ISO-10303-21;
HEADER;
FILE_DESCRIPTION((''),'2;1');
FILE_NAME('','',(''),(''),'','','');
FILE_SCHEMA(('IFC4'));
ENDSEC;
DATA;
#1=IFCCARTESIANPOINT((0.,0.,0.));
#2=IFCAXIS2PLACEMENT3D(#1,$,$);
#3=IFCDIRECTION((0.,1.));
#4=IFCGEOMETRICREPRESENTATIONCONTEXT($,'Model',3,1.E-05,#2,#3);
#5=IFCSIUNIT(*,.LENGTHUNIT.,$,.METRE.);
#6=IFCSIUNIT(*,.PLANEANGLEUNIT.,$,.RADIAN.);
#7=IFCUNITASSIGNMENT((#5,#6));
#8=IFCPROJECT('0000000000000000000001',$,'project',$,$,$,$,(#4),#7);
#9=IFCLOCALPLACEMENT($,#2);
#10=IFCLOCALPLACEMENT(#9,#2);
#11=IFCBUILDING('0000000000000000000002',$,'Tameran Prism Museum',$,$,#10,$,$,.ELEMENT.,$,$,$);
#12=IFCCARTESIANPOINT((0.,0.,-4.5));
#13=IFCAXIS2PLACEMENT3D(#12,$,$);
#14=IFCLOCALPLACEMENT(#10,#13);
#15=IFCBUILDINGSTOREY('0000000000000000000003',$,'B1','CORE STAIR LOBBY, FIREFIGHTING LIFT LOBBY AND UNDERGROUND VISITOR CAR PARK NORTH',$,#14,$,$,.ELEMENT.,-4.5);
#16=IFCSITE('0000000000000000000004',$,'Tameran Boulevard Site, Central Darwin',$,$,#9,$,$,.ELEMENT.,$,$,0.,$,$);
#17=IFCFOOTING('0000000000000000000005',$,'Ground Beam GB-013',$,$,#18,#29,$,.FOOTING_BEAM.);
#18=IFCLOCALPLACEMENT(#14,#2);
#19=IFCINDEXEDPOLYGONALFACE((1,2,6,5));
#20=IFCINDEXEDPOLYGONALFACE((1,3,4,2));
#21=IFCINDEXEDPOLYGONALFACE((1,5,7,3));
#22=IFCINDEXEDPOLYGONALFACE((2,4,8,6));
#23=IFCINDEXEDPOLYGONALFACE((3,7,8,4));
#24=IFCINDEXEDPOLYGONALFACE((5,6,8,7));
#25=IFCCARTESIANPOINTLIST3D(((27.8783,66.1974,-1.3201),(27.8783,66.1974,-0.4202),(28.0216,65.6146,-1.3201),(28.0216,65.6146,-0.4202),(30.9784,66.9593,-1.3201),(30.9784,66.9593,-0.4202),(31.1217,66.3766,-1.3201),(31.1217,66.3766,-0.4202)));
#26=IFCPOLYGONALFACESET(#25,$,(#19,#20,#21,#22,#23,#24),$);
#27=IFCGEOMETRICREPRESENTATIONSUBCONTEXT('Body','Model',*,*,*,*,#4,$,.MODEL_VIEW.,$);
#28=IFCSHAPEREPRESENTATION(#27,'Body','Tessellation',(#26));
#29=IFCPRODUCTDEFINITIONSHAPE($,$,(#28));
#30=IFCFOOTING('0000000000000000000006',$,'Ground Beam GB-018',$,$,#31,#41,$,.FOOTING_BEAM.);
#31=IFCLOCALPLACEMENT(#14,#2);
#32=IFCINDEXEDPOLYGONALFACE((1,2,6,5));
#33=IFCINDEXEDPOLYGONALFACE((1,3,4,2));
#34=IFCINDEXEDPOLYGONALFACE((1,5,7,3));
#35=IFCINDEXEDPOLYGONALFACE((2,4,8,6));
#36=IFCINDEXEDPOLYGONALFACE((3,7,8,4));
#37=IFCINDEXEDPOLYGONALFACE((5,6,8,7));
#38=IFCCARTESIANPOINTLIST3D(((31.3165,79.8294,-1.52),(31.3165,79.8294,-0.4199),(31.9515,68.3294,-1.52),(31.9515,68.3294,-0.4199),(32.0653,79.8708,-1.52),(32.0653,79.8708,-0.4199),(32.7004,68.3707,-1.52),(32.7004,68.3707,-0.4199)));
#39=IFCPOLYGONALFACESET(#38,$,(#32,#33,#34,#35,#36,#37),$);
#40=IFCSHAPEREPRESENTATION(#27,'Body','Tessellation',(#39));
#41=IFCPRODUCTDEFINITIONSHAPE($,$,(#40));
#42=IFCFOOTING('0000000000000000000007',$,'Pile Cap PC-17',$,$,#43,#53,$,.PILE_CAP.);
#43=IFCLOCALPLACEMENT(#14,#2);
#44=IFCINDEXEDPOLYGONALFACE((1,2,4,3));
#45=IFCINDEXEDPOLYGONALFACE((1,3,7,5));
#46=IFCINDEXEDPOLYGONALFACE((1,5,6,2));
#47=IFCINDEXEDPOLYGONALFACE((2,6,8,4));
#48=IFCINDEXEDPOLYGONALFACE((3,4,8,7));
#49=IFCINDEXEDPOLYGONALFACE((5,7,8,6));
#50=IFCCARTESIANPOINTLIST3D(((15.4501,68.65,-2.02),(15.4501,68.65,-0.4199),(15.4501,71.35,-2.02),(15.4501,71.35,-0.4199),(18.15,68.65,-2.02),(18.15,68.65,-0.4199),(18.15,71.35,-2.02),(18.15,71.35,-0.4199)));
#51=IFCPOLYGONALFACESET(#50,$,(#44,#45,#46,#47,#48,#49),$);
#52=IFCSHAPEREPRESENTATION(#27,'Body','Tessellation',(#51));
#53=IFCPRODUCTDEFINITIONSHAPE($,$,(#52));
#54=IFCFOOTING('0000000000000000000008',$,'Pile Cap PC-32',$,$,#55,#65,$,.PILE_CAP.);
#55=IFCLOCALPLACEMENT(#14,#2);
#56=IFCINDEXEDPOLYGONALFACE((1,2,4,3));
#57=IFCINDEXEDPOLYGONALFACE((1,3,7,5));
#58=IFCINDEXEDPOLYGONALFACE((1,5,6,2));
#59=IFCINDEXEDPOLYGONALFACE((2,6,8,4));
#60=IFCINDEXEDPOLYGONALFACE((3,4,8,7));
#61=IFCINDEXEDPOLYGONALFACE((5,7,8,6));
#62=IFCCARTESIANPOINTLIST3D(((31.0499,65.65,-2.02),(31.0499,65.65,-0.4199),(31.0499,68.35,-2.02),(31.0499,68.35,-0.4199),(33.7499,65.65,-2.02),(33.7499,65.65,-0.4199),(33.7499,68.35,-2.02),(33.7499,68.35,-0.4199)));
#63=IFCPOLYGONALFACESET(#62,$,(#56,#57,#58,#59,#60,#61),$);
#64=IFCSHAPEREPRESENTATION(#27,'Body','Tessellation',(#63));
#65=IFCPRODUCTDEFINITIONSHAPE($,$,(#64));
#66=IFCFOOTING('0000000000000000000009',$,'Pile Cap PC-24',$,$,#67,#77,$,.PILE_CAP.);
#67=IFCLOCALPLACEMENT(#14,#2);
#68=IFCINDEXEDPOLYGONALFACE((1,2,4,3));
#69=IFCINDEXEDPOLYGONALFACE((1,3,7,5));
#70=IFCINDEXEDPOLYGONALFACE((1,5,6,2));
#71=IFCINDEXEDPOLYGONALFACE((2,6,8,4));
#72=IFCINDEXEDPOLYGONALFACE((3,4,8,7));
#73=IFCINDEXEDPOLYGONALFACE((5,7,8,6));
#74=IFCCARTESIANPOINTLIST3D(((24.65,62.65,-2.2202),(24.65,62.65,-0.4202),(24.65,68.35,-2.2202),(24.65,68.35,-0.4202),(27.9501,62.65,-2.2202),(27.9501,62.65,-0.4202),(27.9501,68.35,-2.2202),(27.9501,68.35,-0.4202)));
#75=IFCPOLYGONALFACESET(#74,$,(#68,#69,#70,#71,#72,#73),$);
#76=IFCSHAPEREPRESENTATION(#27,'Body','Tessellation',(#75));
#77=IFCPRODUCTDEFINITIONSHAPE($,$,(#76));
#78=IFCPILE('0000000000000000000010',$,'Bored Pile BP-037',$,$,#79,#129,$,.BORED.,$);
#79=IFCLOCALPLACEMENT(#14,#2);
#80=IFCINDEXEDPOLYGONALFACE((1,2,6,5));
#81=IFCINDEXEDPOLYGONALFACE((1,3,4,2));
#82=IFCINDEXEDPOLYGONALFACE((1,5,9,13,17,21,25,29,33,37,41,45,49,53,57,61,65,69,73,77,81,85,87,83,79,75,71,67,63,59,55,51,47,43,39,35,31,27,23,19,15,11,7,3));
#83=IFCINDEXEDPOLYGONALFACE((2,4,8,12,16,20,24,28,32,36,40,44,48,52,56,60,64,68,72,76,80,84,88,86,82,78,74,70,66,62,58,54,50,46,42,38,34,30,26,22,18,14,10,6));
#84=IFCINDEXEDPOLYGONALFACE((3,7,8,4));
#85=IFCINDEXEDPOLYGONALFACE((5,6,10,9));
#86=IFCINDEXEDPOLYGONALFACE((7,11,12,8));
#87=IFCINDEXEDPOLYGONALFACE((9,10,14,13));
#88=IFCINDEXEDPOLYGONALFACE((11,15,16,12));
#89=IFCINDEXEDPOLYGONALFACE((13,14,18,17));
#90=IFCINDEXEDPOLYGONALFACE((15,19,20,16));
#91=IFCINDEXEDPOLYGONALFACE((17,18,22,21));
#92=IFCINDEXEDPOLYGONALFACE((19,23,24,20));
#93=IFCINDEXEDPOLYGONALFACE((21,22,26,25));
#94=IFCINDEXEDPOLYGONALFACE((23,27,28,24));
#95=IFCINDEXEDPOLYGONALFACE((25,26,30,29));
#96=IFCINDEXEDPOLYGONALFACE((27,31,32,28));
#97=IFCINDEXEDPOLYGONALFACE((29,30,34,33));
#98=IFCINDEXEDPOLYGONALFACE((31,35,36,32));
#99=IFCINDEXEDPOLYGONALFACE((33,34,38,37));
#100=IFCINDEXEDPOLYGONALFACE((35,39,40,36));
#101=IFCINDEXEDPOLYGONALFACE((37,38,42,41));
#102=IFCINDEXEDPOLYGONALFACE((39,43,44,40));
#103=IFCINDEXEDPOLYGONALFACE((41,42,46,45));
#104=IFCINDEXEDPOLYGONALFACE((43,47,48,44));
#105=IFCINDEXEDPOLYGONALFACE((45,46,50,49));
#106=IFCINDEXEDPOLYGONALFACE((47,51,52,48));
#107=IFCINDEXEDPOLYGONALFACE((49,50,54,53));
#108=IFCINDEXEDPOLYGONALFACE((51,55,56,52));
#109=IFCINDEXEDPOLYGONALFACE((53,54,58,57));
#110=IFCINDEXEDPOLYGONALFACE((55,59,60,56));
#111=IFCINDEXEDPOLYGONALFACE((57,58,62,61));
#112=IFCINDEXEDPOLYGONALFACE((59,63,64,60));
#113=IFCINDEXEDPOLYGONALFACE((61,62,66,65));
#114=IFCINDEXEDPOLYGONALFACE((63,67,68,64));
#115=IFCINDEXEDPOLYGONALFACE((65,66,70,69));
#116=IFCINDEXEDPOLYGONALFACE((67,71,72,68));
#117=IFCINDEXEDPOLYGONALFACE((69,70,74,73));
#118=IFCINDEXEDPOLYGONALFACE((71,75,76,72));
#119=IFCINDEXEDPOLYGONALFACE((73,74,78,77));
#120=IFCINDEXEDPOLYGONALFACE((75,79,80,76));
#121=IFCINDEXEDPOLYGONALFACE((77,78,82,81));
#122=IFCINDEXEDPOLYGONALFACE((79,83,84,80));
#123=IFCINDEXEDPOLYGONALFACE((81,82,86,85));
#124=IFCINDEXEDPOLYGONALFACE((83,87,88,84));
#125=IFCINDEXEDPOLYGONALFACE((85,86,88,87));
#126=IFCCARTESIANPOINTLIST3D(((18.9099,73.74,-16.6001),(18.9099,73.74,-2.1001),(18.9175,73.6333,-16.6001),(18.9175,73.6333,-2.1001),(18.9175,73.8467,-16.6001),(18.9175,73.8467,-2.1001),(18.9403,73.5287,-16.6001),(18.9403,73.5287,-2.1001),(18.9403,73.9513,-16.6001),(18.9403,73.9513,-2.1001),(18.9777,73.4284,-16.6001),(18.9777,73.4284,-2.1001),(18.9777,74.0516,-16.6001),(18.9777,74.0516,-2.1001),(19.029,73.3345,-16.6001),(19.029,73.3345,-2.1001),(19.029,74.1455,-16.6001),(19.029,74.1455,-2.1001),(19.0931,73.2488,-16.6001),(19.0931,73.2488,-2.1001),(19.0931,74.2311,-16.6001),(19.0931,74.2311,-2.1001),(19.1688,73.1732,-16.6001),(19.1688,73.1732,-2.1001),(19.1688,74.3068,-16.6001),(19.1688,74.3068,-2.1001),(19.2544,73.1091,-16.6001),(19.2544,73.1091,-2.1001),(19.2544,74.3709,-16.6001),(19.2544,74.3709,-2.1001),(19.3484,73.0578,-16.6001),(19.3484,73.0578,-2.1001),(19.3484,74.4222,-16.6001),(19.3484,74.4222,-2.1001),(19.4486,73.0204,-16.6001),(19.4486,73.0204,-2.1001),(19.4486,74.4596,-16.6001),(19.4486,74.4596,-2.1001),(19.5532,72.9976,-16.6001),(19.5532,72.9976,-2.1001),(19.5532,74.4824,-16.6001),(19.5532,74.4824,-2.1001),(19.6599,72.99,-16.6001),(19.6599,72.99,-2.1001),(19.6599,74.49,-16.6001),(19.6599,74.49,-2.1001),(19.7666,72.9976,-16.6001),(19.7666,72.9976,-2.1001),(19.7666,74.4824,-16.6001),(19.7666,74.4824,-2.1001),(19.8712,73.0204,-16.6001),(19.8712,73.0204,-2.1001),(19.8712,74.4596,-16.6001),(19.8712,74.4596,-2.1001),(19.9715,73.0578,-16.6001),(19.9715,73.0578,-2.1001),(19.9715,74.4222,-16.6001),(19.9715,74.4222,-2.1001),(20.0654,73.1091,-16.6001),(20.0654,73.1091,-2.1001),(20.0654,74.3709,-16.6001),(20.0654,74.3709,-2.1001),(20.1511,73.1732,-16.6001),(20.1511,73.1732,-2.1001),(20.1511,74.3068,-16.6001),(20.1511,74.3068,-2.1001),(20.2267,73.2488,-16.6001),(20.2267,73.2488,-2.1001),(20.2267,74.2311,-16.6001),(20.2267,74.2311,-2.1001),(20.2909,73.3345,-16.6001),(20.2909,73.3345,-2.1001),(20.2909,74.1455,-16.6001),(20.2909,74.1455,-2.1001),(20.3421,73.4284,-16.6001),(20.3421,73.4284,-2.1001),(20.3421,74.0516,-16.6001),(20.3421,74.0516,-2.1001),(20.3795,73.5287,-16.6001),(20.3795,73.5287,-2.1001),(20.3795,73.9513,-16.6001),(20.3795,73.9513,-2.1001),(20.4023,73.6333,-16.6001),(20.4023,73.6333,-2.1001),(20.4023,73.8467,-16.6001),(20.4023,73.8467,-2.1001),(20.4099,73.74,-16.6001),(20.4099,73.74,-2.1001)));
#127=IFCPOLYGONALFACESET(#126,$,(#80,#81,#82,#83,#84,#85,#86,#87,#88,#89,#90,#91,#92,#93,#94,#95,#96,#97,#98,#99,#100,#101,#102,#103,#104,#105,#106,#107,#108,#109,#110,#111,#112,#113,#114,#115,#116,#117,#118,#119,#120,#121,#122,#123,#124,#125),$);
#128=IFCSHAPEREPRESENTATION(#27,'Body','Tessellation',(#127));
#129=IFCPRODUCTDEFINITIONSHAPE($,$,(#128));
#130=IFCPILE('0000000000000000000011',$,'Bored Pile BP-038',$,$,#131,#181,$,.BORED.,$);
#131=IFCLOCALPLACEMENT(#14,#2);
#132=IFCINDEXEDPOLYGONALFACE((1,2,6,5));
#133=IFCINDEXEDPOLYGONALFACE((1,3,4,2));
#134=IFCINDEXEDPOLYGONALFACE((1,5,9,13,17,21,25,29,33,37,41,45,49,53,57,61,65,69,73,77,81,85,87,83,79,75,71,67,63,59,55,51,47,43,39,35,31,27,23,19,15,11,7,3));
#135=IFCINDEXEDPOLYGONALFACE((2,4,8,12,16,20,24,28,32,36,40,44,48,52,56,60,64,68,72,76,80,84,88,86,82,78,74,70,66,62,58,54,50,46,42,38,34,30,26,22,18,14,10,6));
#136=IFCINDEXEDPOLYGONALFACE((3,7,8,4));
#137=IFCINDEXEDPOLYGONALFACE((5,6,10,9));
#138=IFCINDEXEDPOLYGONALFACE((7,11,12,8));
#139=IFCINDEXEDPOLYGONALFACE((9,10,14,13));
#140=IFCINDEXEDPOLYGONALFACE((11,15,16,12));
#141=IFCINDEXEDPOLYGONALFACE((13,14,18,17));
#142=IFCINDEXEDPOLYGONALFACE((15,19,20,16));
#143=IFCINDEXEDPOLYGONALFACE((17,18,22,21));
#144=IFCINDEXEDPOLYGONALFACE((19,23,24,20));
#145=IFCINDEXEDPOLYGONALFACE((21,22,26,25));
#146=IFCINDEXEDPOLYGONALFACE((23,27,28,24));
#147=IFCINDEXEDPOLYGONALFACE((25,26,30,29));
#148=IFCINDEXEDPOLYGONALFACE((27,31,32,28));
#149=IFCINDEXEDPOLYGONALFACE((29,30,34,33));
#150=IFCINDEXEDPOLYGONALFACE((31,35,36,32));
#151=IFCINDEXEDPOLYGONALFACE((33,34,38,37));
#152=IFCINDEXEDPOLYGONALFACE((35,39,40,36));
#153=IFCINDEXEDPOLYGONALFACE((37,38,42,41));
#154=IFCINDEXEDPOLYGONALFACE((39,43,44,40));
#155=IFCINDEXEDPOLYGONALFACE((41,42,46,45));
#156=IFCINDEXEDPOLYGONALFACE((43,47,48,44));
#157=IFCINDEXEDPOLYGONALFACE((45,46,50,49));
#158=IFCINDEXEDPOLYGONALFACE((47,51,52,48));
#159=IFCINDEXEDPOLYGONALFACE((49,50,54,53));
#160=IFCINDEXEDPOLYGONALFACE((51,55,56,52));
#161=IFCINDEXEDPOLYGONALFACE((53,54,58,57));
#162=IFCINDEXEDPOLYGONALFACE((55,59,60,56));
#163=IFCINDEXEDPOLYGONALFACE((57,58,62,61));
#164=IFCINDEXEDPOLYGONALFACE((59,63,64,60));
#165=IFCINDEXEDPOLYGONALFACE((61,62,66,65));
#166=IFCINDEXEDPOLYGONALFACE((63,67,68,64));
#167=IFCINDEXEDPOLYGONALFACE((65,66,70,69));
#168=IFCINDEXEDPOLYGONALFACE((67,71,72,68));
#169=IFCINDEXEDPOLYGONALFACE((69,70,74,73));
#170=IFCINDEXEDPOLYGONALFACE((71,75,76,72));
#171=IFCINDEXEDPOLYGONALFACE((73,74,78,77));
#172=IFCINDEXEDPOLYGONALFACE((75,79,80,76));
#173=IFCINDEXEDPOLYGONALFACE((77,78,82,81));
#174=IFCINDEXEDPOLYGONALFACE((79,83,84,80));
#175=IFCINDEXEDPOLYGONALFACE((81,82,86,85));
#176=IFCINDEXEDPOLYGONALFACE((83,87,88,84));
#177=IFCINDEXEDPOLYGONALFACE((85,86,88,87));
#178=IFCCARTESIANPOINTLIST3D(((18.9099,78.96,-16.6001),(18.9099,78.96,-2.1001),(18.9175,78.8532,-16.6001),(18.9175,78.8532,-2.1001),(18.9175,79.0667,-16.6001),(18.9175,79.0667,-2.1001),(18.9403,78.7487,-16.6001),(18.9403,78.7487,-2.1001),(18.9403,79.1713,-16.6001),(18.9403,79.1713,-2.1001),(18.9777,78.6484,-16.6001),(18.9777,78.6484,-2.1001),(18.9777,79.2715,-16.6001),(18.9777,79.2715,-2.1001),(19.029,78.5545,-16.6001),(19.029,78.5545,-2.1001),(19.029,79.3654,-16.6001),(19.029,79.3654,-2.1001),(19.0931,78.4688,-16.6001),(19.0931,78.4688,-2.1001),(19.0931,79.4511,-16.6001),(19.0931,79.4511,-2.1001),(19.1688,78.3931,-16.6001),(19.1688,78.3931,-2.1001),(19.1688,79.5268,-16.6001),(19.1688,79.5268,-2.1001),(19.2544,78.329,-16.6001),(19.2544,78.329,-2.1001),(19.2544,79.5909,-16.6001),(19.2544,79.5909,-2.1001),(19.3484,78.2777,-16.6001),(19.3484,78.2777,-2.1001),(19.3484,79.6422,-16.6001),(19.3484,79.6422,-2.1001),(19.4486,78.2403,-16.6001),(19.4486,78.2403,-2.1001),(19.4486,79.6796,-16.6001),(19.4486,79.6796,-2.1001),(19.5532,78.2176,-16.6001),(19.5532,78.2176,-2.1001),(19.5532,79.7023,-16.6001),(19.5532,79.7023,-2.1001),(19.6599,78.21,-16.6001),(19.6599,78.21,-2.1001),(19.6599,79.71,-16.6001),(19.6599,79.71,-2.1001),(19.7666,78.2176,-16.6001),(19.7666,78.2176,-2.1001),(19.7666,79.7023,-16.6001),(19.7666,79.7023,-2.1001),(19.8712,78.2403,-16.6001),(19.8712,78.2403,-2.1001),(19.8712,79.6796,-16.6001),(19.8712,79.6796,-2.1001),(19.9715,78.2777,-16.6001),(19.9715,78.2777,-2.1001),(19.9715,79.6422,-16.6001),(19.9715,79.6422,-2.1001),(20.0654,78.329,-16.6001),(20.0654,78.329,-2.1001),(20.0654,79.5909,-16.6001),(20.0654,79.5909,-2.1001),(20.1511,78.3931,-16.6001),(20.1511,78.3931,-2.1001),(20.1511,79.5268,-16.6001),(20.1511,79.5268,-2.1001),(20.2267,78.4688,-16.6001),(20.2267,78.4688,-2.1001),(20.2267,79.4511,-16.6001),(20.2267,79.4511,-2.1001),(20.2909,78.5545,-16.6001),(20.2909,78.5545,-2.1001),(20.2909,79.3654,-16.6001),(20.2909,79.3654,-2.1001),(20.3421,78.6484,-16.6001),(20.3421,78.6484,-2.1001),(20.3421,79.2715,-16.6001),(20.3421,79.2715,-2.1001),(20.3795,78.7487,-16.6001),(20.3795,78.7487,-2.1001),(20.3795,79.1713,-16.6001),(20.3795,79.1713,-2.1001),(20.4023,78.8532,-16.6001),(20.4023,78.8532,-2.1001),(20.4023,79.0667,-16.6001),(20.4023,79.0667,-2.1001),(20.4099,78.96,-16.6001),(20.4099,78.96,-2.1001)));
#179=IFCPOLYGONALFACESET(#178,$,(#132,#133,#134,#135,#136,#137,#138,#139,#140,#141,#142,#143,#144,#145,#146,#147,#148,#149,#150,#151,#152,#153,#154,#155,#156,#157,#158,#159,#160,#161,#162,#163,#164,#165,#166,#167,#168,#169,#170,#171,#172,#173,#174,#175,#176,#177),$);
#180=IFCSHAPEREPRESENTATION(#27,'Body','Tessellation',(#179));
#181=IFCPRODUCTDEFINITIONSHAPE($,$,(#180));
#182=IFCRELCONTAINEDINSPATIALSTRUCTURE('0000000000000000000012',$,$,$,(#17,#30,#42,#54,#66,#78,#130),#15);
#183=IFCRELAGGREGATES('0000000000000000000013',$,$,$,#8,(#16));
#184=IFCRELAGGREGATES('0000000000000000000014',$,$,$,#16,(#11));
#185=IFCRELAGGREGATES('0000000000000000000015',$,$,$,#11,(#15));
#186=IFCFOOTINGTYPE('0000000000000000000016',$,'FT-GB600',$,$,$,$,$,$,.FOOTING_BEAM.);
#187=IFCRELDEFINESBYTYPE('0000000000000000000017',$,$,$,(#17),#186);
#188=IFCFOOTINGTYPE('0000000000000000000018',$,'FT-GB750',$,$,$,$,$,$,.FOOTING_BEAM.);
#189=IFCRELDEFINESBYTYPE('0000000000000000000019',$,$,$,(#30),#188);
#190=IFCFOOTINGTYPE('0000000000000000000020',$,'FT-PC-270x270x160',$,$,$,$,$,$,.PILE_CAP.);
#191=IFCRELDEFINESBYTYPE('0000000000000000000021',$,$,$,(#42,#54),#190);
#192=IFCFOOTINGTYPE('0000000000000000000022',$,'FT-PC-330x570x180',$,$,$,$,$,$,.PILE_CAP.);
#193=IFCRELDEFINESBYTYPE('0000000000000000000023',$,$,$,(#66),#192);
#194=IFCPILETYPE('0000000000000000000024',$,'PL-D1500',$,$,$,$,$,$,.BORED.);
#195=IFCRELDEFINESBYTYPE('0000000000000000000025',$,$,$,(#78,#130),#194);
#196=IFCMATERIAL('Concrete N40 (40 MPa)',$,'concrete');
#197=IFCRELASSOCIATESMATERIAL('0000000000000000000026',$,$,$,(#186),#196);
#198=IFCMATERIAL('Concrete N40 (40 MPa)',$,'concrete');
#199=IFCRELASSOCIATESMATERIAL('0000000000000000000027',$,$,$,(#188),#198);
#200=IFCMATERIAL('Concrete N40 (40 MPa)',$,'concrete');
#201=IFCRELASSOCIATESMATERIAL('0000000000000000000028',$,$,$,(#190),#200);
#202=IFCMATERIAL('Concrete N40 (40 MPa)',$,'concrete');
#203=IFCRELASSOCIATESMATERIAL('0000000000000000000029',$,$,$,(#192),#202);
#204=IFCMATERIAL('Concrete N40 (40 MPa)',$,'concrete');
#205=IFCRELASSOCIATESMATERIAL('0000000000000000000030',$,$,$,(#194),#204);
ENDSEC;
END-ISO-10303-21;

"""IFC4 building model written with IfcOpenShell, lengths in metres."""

from ifc_helpers import new_model, si_unit, direction, frame, origin, origin_2d, place, context, subcontext, project, spatial, rectangle, circle, extrude, material, material_profile, profile_set, type_object, element, save


model = new_model("IFC4")

# Units and contexts
model_context = context("Model", 3, precision=1e-05, world=origin(), true_north=direction((0.0, 1.0)))
body_context = subcontext(model_context, "Body", "Model", "MODEL_VIEW")
ifc_project = project(units=[si_unit("LENGTHUNIT", "METRE"), si_unit("PLANEANGLEUNIT", "RADIAN")], contexts=[model_context])

# Site, building, storey
site_placement = place(None, origin())
site = spatial("IfcSite", under=ifc_project, at=site_placement, Name="Tameran Boulevard Site, Central Darwin", CompositionType="ELEMENT", RefElevation=0.0)
building_placement = place(site_placement, origin())
building = spatial("IfcBuilding", under=site, at=building_placement, Name="Tameran Prism Museum", CompositionType="ELEMENT")
storey_placement = place(building_placement, frame((0.0, 0.0, -4.5)))
storey = spatial("IfcBuildingStorey", under=building, at=storey_placement, Name="B1", Description="CORE STAIR LOBBY, FIREFIGHTING LIFT LOBBY AND UNDERGROUND VISITOR CAR PARK NORTH", CompositionType="ELEMENT", Elevation=-4.5)

# Footings
ifc_material_1 = material(Name="Concrete N40 (40 MPa)", Category="concrete")
ifc_material_profile_1 = material_profile(ifc_material_1, rectangle(XDim=0.6001, YDim=0.8999, at=origin_2d()))
ifc_profile_set_1 = profile_set([ifc_material_profile_1])
footing_type_1 = type_object("IfcFootingType", Name="FT-GB600", PredefinedType="FOOTING_BEAM", material=ifc_profile_set_1)
footing_1_placement = place(storey_placement, frame((27.95, 65.906, -0.8701), z_axis=(0.971098, 0.238683, 0.0), x_axis=(-0.238683, 0.971098, 0.0)))
element("IfcFooting", 1, at=footing_1_placement, inside=storey, type_object=footing_type_1, Name="Ground Beam GB-013", PredefinedType="FOOTING_BEAM", context=body_context, shape_type="SweptSolid", body=[
    extrude(rectangle(XDim=0.6001, YDim=0.8999, at=origin_2d()), origin(), (0.0, 0.0, 1.0), 3.1924),
])
ifc_material_2 = material(Name="Concrete N40 (40 MPa)", Category="concrete")
ifc_material_profile_2 = material_profile(ifc_material_2, rectangle(XDim=0.75, YDim=1.1001, at=origin_2d()))
ifc_profile_set_2 = profile_set([ifc_material_profile_2])
footing_type_2 = type_object("IfcFootingType", Name="FT-GB750", PredefinedType="FOOTING_BEAM", material=ifc_profile_set_2)
footing_2_placement = place(storey_placement, frame((31.6909, 79.8501, -0.97), z_axis=(0.055134, -0.998479, 0.0), x_axis=(0.998479, 0.055134, 0.0)))
element("IfcFooting", 2, at=footing_2_placement, inside=storey, type_object=footing_type_2, Name="Ground Beam GB-018", PredefinedType="FOOTING_BEAM", context=body_context, shape_type="SweptSolid", body=[
    extrude(rectangle(XDim=0.75, YDim=1.1001, at=origin_2d()), origin(), (0.0, 0.0, 1.0), 11.5176),
])
ifc_material_3 = material(Name="Concrete N40 (40 MPa)", Category="concrete")
footing_type_3 = type_object("IfcFootingType", Name="FT-PC-270x270x160", PredefinedType="PILE_CAP", material=ifc_material_3)
for number, where, z_axis, x_axis, name in (
    (3, (16.8, 70.0, -2.02), (0.0, 0.0, 1.0), (1.0, 0.0, 0.0), "Pile Cap PC-17"),
    (4, (32.3999, 67.0, -2.02), (0.0, 0.0, 1.0), (1.0, 0.0, 0.0), "Pile Cap PC-32"),
):
    element("IfcFooting", number, at=place(storey_placement, frame(where, z_axis=z_axis, x_axis=x_axis)), inside=storey, type_object=footing_type_3, Name=name, PredefinedType="PILE_CAP", context=body_context, shape_type="SweptSolid", body=[
        extrude(rectangle(XDim=2.7, YDim=2.7, at=origin_2d()), origin(), (0.0, 0.0, 1.0), 1.6001),
    ])
ifc_material_4 = material(Name="Concrete N40 (40 MPa)", Category="concrete")
footing_type_4 = type_object("IfcFootingType", Name="FT-PC-330x570x180", PredefinedType="PILE_CAP", material=ifc_material_4)
footing_3_placement = place(storey_placement, frame((26.3, 65.5, -2.2202), z_axis=(0.0, 0.0, 1.0), x_axis=(1.0, 0.0, 0.0)))
element("IfcFooting", 5, at=footing_3_placement, inside=storey, type_object=footing_type_4, Name="Pile Cap PC-24", PredefinedType="PILE_CAP", context=body_context, shape_type="SweptSolid", body=[
    extrude(rectangle(XDim=3.3, YDim=5.7, at=origin_2d()), origin(), (0.0, 0.0, 1.0), 1.8),
])

# Piles
ifc_material_5 = material(Name="Concrete N40 (40 MPa)", Category="concrete")
ifc_material_profile_3 = material_profile(ifc_material_5, circle(Radius=0.75, at=origin_2d()))
ifc_profile_set_3 = profile_set([ifc_material_profile_3])
pile_type_1 = type_object("IfcPileType", Name="PL-D1500", PredefinedType="BORED", material=ifc_profile_set_3)
for number, where, z_axis, x_axis, name in (
    (6, (19.6599, 73.74, -2.1001), (0.0, 0.0, -1.0), (1.0, 0.0, 0.0), "Bored Pile BP-037"),
    (7, (19.6599, 78.96, -2.1001), (0.0, 0.0, -1.0), (1.0, 0.0, 0.0), "Bored Pile BP-038"),
):
    element("IfcPile", number, at=place(storey_placement, frame(where, z_axis=z_axis, x_axis=x_axis)), inside=storey, type_object=pile_type_1, Name=name, PredefinedType="BORED", context=body_context, shape_type="SweptSolid", body=[
        extrude(circle(Radius=0.75, at=origin_2d()), origin(), (0.0, 0.0, 1.0), 14.5),
    ])

save(model, "model.ifc")
